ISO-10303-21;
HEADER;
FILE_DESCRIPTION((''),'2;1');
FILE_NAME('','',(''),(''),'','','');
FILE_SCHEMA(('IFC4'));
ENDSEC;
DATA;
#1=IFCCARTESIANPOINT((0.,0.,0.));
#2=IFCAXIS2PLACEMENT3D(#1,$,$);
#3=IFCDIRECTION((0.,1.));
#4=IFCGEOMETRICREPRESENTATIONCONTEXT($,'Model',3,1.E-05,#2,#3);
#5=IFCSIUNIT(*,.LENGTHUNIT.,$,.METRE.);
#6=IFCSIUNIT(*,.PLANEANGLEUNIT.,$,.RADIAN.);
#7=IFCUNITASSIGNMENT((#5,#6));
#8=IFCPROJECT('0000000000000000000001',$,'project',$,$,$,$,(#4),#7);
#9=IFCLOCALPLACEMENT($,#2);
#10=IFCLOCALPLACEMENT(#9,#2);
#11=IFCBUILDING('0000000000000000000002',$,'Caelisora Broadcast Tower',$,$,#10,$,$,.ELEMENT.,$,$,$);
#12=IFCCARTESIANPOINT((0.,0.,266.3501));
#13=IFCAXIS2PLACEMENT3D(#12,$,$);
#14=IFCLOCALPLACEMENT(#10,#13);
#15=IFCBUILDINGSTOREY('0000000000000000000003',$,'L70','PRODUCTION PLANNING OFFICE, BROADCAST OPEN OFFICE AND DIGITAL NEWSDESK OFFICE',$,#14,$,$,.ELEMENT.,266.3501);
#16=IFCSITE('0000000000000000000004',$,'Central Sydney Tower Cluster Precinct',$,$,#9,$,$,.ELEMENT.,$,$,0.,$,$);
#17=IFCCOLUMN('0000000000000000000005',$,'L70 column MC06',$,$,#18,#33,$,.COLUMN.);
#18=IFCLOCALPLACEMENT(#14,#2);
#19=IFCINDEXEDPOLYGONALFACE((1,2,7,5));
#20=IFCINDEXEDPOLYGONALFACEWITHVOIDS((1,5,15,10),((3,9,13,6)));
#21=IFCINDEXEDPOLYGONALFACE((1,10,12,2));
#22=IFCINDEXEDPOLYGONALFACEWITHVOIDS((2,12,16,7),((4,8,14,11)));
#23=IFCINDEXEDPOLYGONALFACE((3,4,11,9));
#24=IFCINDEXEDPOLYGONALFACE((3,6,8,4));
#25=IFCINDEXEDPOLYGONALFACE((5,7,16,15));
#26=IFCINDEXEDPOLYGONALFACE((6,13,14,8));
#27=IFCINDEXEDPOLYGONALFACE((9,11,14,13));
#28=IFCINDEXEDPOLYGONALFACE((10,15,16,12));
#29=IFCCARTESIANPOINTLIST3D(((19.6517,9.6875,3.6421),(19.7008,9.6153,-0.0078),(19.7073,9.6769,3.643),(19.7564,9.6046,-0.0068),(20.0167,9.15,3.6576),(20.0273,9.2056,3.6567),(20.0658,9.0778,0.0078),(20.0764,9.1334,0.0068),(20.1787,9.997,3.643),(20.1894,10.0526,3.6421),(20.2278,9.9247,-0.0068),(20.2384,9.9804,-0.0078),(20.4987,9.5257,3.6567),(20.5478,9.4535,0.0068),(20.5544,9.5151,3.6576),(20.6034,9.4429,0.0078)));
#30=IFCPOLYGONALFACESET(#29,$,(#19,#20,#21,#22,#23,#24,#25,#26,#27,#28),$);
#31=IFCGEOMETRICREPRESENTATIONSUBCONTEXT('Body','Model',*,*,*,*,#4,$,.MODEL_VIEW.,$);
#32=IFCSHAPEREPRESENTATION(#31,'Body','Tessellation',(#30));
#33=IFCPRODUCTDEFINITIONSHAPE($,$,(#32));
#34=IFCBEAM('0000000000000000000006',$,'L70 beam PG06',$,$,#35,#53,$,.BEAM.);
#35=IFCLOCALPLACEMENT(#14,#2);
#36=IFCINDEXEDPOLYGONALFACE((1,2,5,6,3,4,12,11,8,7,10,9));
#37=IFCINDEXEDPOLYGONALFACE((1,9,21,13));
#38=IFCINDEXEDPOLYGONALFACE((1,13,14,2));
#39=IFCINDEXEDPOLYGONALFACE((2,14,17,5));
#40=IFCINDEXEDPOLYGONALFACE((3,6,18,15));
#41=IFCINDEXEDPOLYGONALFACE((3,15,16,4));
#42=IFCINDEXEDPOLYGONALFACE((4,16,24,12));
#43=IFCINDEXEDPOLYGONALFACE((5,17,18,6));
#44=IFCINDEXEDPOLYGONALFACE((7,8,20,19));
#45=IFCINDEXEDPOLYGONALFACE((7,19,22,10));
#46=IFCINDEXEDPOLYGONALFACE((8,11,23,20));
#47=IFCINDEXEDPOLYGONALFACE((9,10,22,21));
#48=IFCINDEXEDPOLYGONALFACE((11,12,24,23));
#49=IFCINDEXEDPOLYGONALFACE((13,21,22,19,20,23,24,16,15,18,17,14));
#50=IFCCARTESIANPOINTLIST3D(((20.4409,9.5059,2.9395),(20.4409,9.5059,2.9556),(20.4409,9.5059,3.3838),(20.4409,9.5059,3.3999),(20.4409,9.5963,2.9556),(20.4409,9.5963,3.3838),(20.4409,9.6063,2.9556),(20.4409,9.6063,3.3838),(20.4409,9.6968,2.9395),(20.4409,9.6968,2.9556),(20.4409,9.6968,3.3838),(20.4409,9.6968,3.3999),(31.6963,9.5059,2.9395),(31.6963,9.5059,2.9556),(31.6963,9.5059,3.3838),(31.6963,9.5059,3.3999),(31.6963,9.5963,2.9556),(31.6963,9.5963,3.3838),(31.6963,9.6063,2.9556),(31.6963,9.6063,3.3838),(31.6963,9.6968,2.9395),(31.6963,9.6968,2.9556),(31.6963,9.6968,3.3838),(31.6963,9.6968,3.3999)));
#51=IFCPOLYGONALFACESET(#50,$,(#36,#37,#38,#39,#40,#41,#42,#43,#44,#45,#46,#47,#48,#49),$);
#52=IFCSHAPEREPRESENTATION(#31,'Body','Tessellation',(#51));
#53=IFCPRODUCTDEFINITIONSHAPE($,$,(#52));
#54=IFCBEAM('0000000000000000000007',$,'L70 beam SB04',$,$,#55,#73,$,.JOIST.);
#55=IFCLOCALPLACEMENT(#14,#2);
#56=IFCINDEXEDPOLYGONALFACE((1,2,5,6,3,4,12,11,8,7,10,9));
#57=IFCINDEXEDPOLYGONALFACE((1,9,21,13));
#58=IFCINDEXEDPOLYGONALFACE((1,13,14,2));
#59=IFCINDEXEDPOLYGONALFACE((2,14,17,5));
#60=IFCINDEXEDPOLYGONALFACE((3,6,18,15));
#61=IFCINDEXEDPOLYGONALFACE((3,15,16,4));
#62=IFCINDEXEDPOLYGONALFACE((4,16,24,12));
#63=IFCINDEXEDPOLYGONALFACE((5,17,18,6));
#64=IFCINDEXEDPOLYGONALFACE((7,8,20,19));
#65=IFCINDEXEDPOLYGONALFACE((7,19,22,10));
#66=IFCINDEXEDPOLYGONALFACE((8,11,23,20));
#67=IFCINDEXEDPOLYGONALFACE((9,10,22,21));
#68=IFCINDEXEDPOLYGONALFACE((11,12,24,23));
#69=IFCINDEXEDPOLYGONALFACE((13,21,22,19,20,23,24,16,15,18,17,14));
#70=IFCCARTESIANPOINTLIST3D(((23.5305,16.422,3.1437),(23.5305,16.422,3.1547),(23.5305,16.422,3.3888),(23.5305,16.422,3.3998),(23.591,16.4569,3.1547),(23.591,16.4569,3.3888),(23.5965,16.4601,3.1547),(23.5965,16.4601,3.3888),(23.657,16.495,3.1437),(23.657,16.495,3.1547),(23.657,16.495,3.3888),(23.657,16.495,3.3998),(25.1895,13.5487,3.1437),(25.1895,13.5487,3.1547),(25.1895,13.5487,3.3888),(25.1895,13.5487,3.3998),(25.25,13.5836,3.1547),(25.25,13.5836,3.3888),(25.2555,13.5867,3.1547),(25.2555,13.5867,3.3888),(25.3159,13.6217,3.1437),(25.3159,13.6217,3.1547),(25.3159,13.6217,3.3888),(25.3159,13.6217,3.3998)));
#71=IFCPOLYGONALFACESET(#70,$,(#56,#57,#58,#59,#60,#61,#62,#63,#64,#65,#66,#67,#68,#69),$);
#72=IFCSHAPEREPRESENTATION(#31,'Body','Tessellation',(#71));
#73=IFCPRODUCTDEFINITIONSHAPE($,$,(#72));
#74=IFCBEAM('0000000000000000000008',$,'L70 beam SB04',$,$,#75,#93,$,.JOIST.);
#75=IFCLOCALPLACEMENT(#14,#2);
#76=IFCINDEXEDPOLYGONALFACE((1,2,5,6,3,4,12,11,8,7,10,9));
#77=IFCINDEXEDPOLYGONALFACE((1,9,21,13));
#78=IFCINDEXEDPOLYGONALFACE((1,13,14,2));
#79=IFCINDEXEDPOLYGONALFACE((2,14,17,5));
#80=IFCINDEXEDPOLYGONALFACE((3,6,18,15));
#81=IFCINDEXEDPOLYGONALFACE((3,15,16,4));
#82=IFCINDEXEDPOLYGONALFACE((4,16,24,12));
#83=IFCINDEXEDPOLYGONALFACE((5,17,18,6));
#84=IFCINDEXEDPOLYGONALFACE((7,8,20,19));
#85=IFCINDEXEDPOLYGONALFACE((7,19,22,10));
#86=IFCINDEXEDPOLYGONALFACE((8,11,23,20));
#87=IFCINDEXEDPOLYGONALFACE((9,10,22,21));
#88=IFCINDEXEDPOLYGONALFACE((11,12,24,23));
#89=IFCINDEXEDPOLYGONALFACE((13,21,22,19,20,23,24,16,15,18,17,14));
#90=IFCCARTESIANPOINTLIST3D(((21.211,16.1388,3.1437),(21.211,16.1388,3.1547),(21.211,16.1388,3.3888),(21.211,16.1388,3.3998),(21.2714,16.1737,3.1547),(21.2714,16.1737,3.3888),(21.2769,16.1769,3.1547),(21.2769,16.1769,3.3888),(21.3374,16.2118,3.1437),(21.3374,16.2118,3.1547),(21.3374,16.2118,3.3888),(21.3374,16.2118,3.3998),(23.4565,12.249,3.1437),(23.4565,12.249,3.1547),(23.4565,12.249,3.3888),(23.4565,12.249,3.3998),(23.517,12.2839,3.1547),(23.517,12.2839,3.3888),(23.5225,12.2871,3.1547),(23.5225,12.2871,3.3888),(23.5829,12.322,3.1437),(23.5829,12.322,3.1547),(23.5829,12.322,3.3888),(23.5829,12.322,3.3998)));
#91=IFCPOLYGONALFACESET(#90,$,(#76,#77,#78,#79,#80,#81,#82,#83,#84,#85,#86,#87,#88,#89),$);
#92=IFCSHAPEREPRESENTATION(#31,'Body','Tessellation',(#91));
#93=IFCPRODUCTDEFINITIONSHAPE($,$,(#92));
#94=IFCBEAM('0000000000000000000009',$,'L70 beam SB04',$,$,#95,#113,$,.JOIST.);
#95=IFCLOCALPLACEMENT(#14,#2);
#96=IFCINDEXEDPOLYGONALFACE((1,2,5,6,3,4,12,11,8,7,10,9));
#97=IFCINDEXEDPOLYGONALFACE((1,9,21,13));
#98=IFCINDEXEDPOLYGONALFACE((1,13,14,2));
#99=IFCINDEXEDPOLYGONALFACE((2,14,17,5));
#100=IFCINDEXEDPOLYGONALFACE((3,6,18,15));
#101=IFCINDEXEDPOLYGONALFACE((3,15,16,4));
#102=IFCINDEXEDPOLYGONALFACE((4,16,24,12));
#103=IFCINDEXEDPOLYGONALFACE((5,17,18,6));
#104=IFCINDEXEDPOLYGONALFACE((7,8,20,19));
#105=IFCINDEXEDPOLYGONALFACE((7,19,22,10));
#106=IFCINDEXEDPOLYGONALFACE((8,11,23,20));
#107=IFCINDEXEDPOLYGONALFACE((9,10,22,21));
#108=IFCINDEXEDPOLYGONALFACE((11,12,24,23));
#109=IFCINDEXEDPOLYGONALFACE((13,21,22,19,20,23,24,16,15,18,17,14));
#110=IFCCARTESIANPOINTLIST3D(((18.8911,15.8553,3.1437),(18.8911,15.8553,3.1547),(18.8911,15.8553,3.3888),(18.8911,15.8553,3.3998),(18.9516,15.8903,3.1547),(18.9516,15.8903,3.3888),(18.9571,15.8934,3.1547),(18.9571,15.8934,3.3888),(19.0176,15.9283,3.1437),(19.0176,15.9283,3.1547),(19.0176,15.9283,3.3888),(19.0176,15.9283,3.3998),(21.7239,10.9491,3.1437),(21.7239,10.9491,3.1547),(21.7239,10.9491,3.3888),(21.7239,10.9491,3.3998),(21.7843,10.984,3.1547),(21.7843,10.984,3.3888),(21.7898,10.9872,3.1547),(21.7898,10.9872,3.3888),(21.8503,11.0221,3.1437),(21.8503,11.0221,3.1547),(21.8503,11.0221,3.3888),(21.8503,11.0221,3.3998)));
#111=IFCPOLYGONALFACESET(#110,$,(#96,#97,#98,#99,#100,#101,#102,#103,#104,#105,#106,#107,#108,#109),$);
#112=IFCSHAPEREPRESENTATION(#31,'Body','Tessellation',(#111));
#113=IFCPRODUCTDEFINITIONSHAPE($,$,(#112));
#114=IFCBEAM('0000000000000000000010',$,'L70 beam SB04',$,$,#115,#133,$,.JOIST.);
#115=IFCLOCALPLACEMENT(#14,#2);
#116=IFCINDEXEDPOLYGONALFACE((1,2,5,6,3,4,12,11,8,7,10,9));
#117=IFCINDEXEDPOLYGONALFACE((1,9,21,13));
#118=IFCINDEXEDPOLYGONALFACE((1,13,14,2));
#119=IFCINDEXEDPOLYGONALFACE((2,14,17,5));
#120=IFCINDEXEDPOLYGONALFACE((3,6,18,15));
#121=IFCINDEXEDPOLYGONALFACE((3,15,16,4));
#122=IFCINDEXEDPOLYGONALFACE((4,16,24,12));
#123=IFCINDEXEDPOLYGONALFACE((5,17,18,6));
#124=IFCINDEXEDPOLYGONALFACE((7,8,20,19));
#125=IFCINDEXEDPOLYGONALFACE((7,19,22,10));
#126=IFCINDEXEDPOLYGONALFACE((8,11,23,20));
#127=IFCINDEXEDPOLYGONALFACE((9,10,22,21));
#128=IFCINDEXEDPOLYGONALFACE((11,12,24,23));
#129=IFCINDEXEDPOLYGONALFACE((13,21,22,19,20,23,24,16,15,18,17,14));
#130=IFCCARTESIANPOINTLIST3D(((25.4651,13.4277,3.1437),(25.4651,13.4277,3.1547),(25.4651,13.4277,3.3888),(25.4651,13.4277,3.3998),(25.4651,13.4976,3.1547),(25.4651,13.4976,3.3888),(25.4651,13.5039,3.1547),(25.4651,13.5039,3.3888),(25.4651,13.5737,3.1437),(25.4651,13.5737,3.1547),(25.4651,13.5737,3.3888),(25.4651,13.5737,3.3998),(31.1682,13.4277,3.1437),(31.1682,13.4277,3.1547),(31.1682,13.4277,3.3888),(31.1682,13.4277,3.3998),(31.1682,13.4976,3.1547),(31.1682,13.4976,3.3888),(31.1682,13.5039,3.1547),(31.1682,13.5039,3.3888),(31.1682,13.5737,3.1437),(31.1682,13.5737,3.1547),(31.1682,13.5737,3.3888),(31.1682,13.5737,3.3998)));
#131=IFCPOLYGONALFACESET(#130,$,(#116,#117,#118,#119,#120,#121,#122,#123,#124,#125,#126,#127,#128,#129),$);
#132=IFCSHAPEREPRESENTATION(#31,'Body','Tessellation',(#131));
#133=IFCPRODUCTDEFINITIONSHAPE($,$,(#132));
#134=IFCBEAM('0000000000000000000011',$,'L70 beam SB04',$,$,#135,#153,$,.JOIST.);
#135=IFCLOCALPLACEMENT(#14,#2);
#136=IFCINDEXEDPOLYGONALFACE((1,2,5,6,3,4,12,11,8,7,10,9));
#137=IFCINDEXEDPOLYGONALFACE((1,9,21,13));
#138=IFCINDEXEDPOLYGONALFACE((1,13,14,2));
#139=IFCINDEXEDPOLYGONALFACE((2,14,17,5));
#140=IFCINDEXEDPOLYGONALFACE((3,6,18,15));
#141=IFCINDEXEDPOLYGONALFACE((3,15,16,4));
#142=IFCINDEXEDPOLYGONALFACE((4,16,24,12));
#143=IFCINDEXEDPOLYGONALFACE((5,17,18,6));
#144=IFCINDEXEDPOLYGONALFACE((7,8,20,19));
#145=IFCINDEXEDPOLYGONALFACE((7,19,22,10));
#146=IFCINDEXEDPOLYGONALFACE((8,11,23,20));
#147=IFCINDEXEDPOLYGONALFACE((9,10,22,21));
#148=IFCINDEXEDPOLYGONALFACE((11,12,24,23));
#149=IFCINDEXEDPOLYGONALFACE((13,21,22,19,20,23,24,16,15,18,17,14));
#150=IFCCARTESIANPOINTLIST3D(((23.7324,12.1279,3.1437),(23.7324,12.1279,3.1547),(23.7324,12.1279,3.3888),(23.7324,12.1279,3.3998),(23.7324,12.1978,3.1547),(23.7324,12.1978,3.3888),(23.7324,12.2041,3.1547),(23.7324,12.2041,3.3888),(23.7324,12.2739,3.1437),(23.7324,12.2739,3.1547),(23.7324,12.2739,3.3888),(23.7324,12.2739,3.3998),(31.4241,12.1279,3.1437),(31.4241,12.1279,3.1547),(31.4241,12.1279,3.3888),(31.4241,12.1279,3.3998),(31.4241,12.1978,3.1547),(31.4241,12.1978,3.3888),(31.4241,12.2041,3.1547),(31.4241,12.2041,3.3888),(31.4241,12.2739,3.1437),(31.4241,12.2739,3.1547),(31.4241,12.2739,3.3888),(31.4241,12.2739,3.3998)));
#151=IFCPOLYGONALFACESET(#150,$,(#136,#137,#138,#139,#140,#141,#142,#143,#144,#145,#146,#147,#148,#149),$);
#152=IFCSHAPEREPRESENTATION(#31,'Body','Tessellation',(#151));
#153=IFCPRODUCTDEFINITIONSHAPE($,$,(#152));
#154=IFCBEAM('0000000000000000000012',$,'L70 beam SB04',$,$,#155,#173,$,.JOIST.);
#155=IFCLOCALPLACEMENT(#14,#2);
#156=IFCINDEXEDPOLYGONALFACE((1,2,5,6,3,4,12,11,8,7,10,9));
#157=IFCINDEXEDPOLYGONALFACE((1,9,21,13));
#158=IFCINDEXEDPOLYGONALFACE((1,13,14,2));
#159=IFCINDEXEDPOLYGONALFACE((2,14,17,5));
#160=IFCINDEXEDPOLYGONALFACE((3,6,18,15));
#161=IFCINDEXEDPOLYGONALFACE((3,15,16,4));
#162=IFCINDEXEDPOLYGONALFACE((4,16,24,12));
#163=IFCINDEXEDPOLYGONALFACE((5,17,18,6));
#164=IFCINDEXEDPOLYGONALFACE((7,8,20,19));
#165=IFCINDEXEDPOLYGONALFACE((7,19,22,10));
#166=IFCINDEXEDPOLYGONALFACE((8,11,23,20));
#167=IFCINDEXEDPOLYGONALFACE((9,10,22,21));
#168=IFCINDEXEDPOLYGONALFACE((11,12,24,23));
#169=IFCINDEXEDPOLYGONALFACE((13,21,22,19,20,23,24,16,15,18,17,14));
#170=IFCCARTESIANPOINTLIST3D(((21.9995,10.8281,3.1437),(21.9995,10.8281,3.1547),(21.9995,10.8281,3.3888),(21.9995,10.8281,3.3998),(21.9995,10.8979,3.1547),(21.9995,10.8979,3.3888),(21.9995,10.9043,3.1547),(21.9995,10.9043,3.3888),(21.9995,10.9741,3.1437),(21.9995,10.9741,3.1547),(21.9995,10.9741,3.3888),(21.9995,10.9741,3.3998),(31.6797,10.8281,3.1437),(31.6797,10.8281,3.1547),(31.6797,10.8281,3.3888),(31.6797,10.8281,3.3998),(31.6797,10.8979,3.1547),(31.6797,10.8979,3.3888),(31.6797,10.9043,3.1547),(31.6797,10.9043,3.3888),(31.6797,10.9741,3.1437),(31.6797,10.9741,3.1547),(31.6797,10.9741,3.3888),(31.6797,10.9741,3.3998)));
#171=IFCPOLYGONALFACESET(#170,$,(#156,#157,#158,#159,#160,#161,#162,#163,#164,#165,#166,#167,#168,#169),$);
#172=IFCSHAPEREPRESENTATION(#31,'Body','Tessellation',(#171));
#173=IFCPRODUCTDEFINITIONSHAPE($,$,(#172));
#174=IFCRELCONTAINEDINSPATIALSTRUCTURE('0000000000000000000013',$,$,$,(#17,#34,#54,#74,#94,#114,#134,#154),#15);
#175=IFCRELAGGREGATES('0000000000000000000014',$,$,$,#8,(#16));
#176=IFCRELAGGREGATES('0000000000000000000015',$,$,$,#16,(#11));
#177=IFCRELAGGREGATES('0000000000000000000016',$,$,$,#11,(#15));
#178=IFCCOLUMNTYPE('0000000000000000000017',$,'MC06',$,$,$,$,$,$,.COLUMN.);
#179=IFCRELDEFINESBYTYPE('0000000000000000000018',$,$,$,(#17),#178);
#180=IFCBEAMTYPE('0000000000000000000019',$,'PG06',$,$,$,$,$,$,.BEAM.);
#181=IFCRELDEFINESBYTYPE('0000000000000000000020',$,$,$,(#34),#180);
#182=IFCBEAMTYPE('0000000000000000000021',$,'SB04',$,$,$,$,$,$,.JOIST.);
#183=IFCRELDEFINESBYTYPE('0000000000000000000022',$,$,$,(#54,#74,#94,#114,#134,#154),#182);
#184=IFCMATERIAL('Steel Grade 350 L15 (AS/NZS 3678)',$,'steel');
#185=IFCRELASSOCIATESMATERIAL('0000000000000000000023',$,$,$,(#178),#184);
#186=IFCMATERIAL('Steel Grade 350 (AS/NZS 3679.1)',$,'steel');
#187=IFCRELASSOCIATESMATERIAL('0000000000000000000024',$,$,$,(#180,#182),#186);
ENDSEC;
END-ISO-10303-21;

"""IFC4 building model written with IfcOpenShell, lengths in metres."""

from ifc_helpers import new_model, si_unit, direction, frame, origin, origin_2d, place, context, subcontext, project, spatial, hollow_rectangle, i_section, extrude, source, transform, mapped, material, material_profile, profile_set, type_object, type_shapes, element, save


model = new_model("IFC4")

# Units and contexts
model_context = context("Model", 3, precision=1e-05, world=origin(), true_north=direction((0.0, 1.0)))
body_context = subcontext(model_context, "Body", "Model", "MODEL_VIEW")
ifc_project = project(units=[si_unit("LENGTHUNIT", "METRE"), si_unit("PLANEANGLEUNIT", "RADIAN")], contexts=[model_context])

# Site, building, storey
site_placement = place(None, origin())
site = spatial("IfcSite", under=ifc_project, at=site_placement, Name="Central Sydney Tower Cluster Precinct", CompositionType="ELEMENT", RefElevation=0.0)
building_placement = place(site_placement, origin())
building = spatial("IfcBuilding", under=site, at=building_placement, Name="Caelisora Broadcast Tower", CompositionType="ELEMENT")
storey_placement = place(building_placement, frame((0.0, 0.0, 266.3501)))
storey = spatial("IfcBuildingStorey", under=building, at=storey_placement, Name="L70", Description="PRODUCTION PLANNING OFFICE, BROADCAST OPEN OFFICE AND DIGITAL NEWSDESK OFFICE", CompositionType="ELEMENT", Elevation=266.3501)

# Column
ifc_material_1 = material(Name="Steel Grade 350 L15 (AS/NZS 3678)", Category="steel")
ifc_material_profile_1 = material_profile(ifc_material_1, hollow_rectangle(XDim=0.6499, YDim=0.6499, WallThickness=0.04, at=origin_2d()), Name="Steel Grade 350 L15 (AS/NZS 3678)")
ifc_profile_set_1 = profile_set([ifc_material_profile_1], Name="Steel Grade 350 L15 (AS/NZS 3678)")
column_type = type_object("IfcColumnType", Name="MC06", PredefinedType="COLUMN", material=ifc_profile_set_1)
shared_shape_1 = source(origin(), body_context, "Body", "SweptSolid", [
    extrude(hollow_rectangle(XDim=0.6499, YDim=0.6499, WallThickness=0.04, at=origin_2d()), origin(), (0.0, 0.0, 1.0), 3.6509),
])
type_shapes(column_type, [shared_shape_1])
column_placement = place(storey_placement, frame((20.1521, 9.5291, 0.0), z_axis=(-0.013441, 0.019794, 0.999714), x_axis=(-0.82729, -0.561775, 0.0)))
element("IfcColumn", 1, at=column_placement, inside=storey, type_object=column_type, Name="L70 column MC06", PredefinedType="COLUMN", context=body_context, shape_type="MappedRepresentation", body=[
    mapped(shared_shape_1, transform((0.0, 0.0, 0.0), scale=1.0)),
])

# Beams
ifc_material_2 = material(Name="Steel Grade 350 (AS/NZS 3679.1)", Category="steel")
ifc_material_profile_2 = material_profile(ifc_material_2, i_section(OverallWidth=0.1909, OverallDepth=0.4604, WebThickness=0.01, FlangeThickness=0.0161, at=origin_2d()), Name="Steel Grade 350 (AS/NZS 3679.1)")
ifc_profile_set_2 = profile_set([ifc_material_profile_2], Name="Steel Grade 350 (AS/NZS 3679.1)")
beam_type_1 = type_object("IfcBeamType", Name="PG06", PredefinedType="BEAM", material=ifc_profile_set_2)
shared_shape_2 = source(origin(), body_context, "Body", "SweptSolid", [
    extrude(i_section(OverallWidth=0.1909, OverallDepth=0.4604, WebThickness=0.01, FlangeThickness=0.0161, at=origin_2d()), origin(), (0.0, 0.0, 1.0), 11.2554),
])
type_shapes(beam_type_1, [shared_shape_2])
beam_1_placement = place(storey_placement, frame((20.4409, 9.6013, 3.1697), z_axis=(1.0, 0.0, 0.0), x_axis=(0.0, 1.0, 0.0)))
element("IfcBeam", 2, at=beam_1_placement, inside=storey, type_object=beam_type_1, Name="L70 beam PG06", PredefinedType="BEAM", context=body_context, shape_type="MappedRepresentation", body=[
    mapped(shared_shape_2, transform((0.0, 0.0, 0.0), scale=1.0)),
])
ifc_material_profile_3 = material_profile(ifc_material_2, i_section(OverallWidth=0.146, OverallDepth=0.2561, WebThickness=0.0063, FlangeThickness=0.011, at=origin_2d()), Name="Steel Grade 350 (AS/NZS 3679.1)")
ifc_profile_set_3 = profile_set([ifc_material_profile_3], Name="Steel Grade 350 (AS/NZS 3679.1)")
beam_type_2 = type_object("IfcBeamType", Name="SB04", PredefinedType="JOIST", material=ifc_profile_set_3)
shared_shape_3 = source(origin(), body_context, "Body", "SweptSolid", [
    extrude(i_section(OverallWidth=0.146, OverallDepth=0.2561, WebThickness=0.0063, FlangeThickness=0.011, at=origin_2d()), origin(), (0.0, 0.0, 1.0), 3.3179),
])
beam_2_placement = place(storey_placement, frame((23.5938, 16.4585, 3.2717), z_axis=(0.500009, -0.86602, 0.0), x_axis=(0.86602, 0.500009, 0.0)))
element("IfcBeam", 3, at=beam_2_placement, inside=storey, type_object=beam_type_2, Name="L70 beam SB04", PredefinedType="JOIST", context=body_context, shape_type="MappedRepresentation", body=[
    mapped(shared_shape_3, transform((0.0, 0.0, 0.0), scale=1.0)),
])
shared_shape_4 = source(origin(), body_context, "Body", "SweptSolid", [
    extrude(i_section(OverallWidth=0.146, OverallDepth=0.2561, WebThickness=0.0063, FlangeThickness=0.011, at=origin_2d()), origin(), (0.0, 0.0, 1.0), 4.4915),
])
beam_3_placement = place(storey_placement, frame((21.2742, 16.1753, 3.2717), z_axis=(0.499962, -0.866047, 0.0), x_axis=(0.866047, 0.499962, 0.0)))
element("IfcBeam", 4, at=beam_3_placement, inside=storey, type_object=beam_type_2, Name="L70 beam SB04", PredefinedType="JOIST", context=body_context, shape_type="MappedRepresentation", body=[
    mapped(shared_shape_4, transform((0.0, 0.0, 0.0), scale=1.0)),
])
shared_shape_5 = source(origin(), body_context, "Body", "SweptSolid", [
    extrude(i_section(OverallWidth=0.146, OverallDepth=0.2561, WebThickness=0.0063, FlangeThickness=0.011, at=origin_2d()), origin(), (0.0, 0.0, 1.0), 5.6653),
])
beam_4_placement = place(storey_placement, frame((18.9543, 15.8918, 3.2717), z_axis=(0.500018, -0.866015, 0.0), x_axis=(0.866015, 0.500018, 0.0)))
element("IfcBeam", 5, at=beam_4_placement, inside=storey, type_object=beam_type_2, Name="L70 beam SB04", PredefinedType="JOIST", context=body_context, shape_type="MappedRepresentation", body=[
    mapped(shared_shape_5, transform((0.0, 0.0, 0.0), scale=1.0)),
])
shared_shape_6 = source(origin(), body_context, "Body", "SweptSolid", [
    extrude(i_section(OverallWidth=0.146, OverallDepth=0.2561, WebThickness=0.0063, FlangeThickness=0.011, at=origin_2d()), origin(), (0.0, 0.0, 1.0), 5.7031),
])
beam_5_placement = place(storey_placement, frame((25.4651, 13.5007, 3.2717), z_axis=(1.0, 0.0, 0.0), x_axis=(0.0, 1.0, 0.0)))
element("IfcBeam", 6, at=beam_5_placement, inside=storey, type_object=beam_type_2, Name="L70 beam SB04", PredefinedType="JOIST", context=body_context, shape_type="MappedRepresentation", body=[
    mapped(shared_shape_6, transform((0.0, 0.0, 0.0), scale=1.0)),
])
shared_shape_7 = source(origin(), body_context, "Body", "SweptSolid", [
    extrude(i_section(OverallWidth=0.146, OverallDepth=0.2561, WebThickness=0.0063, FlangeThickness=0.011, at=origin_2d()), origin(), (0.0, 0.0, 1.0), 7.6917),
])
beam_6_placement = place(storey_placement, frame((23.7324, 12.2009, 3.2717), z_axis=(1.0, 0.0, 0.0), x_axis=(0.0, 1.0, 0.0)))
element("IfcBeam", 7, at=beam_6_placement, inside=storey, type_object=beam_type_2, Name="L70 beam SB04", PredefinedType="JOIST", context=body_context, shape_type="MappedRepresentation", body=[
    mapped(shared_shape_7, transform((0.0, 0.0, 0.0), scale=1.0)),
])
shared_shape_8 = source(origin(), body_context, "Body", "SweptSolid", [
    extrude(i_section(OverallWidth=0.146, OverallDepth=0.2561, WebThickness=0.0063, FlangeThickness=0.011, at=origin_2d()), origin(), (0.0, 0.0, 1.0), 9.6802),
])
type_shapes(beam_type_2, [shared_shape_3, shared_shape_4, shared_shape_5, shared_shape_6, shared_shape_7, shared_shape_8])
beam_7_placement = place(storey_placement, frame((21.9995, 10.9011, 3.2717), z_axis=(1.0, 0.0, 0.0), x_axis=(0.0, 1.0, 0.0)))
element("IfcBeam", 8, at=beam_7_placement, inside=storey, type_object=beam_type_2, Name="L70 beam SB04", PredefinedType="JOIST", context=body_context, shape_type="MappedRepresentation", body=[
    mapped(shared_shape_8, transform((0.0, 0.0, 0.0), scale=1.0)),
])

save(model, "model.ifc")
